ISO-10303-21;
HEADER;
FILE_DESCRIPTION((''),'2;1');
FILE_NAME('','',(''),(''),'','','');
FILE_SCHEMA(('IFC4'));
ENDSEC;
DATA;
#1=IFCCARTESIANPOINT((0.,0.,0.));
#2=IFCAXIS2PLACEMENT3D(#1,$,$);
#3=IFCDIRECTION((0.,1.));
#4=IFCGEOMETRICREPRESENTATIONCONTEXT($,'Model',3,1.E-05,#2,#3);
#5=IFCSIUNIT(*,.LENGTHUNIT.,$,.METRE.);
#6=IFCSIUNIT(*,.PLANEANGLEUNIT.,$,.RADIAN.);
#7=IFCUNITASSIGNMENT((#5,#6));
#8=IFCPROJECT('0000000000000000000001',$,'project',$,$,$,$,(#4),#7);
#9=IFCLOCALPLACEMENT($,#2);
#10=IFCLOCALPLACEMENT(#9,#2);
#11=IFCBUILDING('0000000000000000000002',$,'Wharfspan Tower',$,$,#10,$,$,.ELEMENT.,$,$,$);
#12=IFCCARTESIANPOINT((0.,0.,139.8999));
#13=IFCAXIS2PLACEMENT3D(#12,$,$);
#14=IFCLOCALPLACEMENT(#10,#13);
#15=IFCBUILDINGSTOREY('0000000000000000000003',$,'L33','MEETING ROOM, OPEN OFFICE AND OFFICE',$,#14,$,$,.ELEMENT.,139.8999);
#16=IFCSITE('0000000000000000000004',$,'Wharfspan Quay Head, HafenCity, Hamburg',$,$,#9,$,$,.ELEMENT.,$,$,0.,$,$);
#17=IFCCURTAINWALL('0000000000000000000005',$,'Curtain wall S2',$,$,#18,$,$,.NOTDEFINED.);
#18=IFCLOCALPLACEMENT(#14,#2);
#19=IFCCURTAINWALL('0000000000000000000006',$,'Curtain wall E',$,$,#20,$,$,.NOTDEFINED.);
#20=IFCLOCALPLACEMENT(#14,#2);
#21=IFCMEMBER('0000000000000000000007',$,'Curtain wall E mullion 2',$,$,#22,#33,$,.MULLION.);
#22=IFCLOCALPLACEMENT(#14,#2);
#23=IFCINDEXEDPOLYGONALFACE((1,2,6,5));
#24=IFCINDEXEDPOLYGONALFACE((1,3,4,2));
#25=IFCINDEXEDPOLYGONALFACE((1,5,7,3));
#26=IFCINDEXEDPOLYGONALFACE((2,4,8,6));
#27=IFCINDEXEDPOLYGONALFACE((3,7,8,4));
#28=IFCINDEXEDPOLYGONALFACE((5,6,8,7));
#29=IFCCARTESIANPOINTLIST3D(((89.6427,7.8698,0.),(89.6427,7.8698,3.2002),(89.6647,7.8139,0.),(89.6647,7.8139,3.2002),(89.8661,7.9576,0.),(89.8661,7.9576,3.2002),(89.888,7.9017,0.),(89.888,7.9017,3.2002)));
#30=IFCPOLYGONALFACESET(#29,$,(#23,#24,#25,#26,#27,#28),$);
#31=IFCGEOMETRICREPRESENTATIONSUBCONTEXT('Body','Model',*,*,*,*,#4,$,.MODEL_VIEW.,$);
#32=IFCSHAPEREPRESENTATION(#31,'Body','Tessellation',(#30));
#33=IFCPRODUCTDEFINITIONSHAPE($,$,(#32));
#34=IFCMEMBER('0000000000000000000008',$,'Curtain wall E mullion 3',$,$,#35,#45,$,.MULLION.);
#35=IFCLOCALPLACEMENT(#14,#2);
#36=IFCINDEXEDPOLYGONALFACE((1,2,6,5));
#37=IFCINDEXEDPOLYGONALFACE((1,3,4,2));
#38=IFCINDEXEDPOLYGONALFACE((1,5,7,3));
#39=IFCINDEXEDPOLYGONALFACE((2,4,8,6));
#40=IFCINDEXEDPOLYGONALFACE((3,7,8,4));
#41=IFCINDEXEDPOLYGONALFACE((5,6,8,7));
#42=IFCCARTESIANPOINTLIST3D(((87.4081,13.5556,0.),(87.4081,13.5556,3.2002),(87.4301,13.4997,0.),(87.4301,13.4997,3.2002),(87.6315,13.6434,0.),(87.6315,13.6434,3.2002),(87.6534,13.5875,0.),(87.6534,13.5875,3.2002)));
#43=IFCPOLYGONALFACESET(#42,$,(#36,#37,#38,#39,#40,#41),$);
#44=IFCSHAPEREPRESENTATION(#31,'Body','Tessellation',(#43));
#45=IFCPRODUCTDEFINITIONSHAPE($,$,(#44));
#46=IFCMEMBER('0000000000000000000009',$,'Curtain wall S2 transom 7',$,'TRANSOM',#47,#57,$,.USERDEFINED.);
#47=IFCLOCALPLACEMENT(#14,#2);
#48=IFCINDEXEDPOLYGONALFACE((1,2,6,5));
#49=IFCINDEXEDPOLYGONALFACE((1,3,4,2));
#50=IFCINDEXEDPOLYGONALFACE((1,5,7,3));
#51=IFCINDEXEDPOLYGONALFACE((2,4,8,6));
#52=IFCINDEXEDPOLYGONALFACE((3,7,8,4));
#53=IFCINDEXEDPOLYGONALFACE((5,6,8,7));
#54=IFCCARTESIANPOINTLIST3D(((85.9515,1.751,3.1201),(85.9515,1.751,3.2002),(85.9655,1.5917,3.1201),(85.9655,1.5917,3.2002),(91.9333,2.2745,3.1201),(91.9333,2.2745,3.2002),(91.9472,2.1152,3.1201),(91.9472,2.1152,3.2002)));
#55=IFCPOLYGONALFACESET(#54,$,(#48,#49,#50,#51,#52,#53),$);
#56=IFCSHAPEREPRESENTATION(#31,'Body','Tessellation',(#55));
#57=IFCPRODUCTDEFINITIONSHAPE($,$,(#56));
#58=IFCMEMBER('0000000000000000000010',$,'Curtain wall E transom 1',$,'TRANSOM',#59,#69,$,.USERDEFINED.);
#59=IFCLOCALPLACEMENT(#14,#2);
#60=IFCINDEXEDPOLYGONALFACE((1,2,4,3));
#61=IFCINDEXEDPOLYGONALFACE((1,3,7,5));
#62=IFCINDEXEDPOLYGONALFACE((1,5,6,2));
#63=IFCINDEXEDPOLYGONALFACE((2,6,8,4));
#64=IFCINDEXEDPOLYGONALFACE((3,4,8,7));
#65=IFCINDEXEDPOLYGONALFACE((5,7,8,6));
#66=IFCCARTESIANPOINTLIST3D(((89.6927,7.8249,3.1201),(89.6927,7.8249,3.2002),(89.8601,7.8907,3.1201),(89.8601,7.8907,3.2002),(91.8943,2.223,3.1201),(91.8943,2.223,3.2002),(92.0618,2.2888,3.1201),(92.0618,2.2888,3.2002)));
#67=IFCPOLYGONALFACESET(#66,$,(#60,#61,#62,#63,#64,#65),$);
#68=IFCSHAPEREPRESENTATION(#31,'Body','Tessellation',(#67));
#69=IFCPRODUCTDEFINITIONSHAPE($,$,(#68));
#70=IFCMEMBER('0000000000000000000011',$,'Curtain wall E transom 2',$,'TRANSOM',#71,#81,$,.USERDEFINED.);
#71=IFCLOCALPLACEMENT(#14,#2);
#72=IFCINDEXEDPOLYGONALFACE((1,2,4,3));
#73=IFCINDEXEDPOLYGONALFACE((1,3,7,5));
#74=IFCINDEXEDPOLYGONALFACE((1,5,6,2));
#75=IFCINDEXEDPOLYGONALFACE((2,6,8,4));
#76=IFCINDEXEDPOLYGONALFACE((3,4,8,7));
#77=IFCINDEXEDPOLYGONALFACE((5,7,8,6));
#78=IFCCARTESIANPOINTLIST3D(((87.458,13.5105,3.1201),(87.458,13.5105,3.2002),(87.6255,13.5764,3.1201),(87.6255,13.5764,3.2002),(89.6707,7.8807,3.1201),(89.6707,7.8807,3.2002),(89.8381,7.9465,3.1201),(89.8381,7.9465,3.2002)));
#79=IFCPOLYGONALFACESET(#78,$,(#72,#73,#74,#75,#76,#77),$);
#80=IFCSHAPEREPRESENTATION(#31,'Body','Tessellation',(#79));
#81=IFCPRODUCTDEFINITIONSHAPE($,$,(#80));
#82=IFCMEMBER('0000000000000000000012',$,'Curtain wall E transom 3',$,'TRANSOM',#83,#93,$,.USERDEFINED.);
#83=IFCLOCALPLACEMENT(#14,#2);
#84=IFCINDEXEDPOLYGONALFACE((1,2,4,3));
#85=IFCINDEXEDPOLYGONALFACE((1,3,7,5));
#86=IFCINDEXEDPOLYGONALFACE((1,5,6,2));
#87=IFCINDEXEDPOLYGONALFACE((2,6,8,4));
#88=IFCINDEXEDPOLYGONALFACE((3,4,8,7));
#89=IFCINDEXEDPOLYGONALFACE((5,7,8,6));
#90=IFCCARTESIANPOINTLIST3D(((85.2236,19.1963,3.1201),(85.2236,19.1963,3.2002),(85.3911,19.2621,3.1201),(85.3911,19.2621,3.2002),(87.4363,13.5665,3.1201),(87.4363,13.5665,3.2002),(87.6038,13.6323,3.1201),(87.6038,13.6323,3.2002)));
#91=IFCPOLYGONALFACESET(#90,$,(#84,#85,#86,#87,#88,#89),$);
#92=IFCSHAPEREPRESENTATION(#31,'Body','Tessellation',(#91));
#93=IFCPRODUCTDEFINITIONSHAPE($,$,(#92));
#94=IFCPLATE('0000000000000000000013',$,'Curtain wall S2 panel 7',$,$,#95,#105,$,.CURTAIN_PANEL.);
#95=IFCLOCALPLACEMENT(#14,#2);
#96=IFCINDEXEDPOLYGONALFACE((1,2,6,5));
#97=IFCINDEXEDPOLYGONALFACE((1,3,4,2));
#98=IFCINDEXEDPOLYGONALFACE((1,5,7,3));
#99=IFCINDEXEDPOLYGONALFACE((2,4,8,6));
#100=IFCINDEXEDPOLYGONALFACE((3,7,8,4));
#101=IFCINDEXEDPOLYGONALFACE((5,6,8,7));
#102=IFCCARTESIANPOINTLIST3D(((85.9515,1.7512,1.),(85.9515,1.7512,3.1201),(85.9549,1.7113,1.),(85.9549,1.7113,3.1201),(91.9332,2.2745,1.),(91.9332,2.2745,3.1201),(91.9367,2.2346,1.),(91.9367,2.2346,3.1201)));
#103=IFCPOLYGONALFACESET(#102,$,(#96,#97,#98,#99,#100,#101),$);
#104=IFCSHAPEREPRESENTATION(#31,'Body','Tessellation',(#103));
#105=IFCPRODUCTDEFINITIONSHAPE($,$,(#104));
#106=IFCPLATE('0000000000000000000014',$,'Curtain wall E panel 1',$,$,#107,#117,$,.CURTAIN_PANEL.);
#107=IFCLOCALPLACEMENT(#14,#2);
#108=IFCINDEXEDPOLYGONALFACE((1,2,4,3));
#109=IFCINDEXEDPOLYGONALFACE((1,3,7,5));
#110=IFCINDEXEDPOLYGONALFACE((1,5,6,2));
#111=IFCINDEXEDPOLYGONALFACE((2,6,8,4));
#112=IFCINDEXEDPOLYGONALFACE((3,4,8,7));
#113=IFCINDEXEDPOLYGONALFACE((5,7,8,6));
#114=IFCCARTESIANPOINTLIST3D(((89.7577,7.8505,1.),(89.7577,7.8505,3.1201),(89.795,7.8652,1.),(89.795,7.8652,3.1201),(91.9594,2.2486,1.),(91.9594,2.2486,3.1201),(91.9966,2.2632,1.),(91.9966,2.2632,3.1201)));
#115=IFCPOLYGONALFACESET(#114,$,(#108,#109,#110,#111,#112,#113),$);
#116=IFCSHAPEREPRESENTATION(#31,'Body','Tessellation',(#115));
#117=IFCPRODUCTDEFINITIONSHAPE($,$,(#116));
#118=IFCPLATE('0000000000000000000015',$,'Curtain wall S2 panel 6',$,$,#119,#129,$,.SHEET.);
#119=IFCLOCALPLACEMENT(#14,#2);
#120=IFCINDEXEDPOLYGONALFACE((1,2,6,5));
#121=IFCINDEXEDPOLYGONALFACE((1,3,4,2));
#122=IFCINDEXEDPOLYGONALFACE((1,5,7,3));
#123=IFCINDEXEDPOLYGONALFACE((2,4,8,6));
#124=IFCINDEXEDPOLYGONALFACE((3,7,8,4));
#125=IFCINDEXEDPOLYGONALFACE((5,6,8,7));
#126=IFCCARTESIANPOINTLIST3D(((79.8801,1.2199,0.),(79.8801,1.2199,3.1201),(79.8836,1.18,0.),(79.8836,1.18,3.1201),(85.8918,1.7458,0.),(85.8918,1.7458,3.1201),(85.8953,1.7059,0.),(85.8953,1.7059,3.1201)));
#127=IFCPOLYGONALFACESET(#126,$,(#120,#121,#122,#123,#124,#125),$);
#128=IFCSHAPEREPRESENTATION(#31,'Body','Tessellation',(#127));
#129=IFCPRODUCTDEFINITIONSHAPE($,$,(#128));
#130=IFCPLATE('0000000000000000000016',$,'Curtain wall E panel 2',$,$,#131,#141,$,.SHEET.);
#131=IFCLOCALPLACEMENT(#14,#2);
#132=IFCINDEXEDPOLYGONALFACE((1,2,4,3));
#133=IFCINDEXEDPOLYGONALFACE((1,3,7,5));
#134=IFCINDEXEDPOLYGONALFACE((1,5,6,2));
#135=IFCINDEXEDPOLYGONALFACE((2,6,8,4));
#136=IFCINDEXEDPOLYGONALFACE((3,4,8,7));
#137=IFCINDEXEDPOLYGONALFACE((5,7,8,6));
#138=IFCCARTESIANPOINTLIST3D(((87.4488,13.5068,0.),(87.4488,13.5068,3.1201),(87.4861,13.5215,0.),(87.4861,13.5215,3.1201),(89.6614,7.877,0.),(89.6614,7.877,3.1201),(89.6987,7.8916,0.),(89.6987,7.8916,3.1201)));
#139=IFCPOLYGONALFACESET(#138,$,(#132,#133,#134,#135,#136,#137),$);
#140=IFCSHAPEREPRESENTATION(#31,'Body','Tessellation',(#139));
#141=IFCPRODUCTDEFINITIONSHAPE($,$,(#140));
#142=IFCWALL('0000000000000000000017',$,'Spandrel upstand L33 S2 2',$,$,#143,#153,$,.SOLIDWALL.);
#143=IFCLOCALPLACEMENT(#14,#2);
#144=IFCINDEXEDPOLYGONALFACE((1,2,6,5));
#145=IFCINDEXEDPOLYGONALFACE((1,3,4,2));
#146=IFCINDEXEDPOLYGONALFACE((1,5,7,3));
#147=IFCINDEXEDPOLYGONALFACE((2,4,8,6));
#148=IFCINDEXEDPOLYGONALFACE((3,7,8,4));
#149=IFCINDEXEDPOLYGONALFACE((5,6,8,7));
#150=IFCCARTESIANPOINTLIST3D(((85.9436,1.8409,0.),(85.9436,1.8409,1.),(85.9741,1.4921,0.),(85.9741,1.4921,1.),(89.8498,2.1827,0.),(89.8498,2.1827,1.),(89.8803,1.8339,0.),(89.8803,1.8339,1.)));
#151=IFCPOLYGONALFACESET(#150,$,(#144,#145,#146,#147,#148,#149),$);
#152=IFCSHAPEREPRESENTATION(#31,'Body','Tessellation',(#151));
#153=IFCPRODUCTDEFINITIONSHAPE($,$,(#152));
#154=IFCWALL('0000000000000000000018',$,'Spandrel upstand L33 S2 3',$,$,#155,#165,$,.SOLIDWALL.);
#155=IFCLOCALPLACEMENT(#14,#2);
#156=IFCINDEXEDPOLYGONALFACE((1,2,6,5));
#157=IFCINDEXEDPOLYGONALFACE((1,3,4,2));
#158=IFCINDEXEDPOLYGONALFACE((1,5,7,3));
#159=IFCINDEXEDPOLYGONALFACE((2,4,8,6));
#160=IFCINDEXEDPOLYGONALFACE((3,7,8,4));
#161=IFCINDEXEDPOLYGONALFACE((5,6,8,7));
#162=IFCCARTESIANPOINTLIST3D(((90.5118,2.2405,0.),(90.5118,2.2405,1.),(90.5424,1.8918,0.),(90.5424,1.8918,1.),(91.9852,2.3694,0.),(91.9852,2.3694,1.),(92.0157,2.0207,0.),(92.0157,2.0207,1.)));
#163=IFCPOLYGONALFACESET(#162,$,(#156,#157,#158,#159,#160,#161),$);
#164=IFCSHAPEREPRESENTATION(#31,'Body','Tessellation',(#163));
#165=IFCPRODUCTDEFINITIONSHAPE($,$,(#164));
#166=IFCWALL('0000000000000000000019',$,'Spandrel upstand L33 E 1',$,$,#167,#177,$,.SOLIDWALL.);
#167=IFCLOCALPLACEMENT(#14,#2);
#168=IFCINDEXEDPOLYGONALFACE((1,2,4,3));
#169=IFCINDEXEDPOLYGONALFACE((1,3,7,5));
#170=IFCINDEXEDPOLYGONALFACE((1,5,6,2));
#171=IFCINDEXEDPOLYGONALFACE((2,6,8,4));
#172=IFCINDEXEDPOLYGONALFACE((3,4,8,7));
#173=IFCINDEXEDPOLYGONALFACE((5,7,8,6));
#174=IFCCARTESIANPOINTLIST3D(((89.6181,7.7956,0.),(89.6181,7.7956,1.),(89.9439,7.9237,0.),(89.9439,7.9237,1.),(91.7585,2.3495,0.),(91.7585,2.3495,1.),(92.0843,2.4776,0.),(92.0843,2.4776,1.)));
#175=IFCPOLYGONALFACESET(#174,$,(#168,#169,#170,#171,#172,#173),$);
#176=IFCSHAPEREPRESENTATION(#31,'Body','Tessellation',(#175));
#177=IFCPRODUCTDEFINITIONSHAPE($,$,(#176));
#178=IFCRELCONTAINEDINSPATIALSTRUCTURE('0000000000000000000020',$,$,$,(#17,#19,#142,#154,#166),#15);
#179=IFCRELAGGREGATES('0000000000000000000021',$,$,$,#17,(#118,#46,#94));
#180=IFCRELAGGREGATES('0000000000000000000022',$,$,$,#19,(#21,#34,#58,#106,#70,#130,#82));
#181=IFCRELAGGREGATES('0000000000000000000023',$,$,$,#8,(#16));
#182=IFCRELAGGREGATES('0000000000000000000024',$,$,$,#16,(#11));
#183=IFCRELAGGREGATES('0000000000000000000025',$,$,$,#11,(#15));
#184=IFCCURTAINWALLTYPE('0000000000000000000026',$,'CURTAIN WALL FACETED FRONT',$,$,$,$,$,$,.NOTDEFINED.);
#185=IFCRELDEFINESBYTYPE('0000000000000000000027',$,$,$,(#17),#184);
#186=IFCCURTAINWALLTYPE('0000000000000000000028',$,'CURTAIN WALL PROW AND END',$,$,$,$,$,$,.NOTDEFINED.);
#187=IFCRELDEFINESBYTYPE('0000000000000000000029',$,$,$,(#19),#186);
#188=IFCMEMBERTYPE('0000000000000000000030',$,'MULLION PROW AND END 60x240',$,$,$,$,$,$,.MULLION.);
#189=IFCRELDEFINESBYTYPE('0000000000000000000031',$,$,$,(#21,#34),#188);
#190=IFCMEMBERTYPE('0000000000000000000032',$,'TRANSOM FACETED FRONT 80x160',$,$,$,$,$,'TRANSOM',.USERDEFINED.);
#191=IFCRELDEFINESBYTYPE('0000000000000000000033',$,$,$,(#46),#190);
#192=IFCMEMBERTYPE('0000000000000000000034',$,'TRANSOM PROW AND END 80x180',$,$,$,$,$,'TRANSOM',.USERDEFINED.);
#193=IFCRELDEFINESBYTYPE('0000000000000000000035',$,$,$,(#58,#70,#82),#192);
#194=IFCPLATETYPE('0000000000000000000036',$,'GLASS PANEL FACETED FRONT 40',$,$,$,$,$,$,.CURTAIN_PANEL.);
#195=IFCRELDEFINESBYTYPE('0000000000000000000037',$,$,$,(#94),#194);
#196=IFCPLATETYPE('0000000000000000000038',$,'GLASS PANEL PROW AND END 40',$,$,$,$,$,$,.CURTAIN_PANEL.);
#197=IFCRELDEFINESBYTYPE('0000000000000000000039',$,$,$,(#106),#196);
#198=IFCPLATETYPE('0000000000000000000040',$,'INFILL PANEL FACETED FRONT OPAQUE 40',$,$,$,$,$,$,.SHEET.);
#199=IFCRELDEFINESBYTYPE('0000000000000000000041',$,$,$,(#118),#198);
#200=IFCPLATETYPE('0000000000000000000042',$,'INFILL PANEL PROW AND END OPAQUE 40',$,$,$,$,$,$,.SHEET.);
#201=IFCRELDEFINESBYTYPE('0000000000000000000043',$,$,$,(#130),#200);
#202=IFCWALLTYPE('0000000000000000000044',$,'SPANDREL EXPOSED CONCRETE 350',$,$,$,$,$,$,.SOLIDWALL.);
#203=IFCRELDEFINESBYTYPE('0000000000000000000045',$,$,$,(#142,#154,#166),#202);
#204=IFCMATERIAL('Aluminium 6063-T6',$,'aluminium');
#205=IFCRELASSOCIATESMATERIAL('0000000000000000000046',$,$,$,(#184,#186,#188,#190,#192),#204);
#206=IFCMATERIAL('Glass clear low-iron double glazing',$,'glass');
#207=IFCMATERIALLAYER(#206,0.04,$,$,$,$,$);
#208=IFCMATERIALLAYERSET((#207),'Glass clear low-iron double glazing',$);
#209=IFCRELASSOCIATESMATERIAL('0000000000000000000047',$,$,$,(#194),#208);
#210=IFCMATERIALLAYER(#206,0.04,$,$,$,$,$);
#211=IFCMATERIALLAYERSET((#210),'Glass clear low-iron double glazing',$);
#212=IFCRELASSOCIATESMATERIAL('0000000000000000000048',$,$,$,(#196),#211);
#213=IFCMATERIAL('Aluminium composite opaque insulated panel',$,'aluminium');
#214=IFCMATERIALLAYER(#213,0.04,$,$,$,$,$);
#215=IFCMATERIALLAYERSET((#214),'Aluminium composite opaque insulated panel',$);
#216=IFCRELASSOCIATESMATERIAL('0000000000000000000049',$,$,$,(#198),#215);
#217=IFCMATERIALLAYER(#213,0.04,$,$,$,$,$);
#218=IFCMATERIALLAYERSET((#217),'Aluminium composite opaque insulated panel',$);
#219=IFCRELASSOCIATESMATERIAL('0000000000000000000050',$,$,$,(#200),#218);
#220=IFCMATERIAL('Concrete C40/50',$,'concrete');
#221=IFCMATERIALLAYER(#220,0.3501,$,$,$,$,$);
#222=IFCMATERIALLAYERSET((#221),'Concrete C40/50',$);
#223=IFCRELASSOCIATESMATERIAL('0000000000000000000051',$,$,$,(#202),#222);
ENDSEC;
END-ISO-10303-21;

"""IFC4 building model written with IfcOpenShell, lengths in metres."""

from ifc_helpers import new_model, si_unit, direction, frame, frame_2d, origin, origin_2d, place, context, subcontext, project, spatial, rectangle, extrude, material, layer, layer_set, material_profile, profile_set, type_object, element, aggregate, save


model = new_model("IFC4")

# Units and contexts
model_context = context("Model", 3, precision=1e-05, world=origin(), true_north=direction((0.0, 1.0)))
body_context = subcontext(model_context, "Body", "Model", "MODEL_VIEW")
ifc_project = project(units=[si_unit("LENGTHUNIT", "METRE"), si_unit("PLANEANGLEUNIT", "RADIAN")], contexts=[model_context])

# Site, building, storey
site_placement = place(None, origin())
site = spatial("IfcSite", under=ifc_project, at=site_placement, Name="Wharfspan Quay Head, HafenCity, Hamburg", CompositionType="ELEMENT", RefElevation=0.0)
building_placement = place(site_placement, origin())
building = spatial("IfcBuilding", under=site, at=building_placement, Name="Wharfspan Tower", CompositionType="ELEMENT")
storey_placement = place(building_placement, frame((0.0, 0.0, 139.8999)))
storey = spatial("IfcBuildingStorey", under=building, at=storey_placement, Name="L33", Description="MEETING ROOM, OPEN OFFICE AND OFFICE", CompositionType="ELEMENT", Elevation=139.8999)

# Curtain walls, members
ifc_material_1 = material(Name="Aluminium 6063-T6", Category="aluminium")
curtain_wall_type_1 = type_object("IfcCurtainWallType", Name="CURTAIN WALL FACETED FRONT", PredefinedType="NOTDEFINED", material=ifc_material_1)
curtain_wall_1_placement = place(storey_placement, origin())
curtain_wall_1 = element("IfcCurtainWall", 1, at=curtain_wall_1_placement, inside=storey, type_object=curtain_wall_type_1, Name="Curtain wall S2", PredefinedType="NOTDEFINED")
curtain_wall_type_2 = type_object("IfcCurtainWallType", Name="CURTAIN WALL PROW AND END", PredefinedType="NOTDEFINED", material=ifc_material_1)
curtain_wall_2_placement = place(storey_placement, origin())
curtain_wall_2 = element("IfcCurtainWall", 2, at=curtain_wall_2_placement, inside=storey, type_object=curtain_wall_type_2, Name="Curtain wall E", PredefinedType="NOTDEFINED")
ifc_material_profile_1 = material_profile(ifc_material_1, rectangle(XDim=0.24, YDim=0.0601, at=origin_2d()))
ifc_profile_set_1 = profile_set([ifc_material_profile_1], Name="Aluminium 6063-T6")
member_type_1 = type_object("IfcMemberType", Name="MULLION PROW AND END 60x240", PredefinedType="MULLION", material=ifc_profile_set_1)
member_1_placement = place(storey_placement, frame((89.7654, 7.8857, 0.0), z_axis=(0.0, 0.0, 1.0), x_axis=(-0.930702, -0.365778, 0.0)))
member_1 = element("IfcMember", 3, at=member_1_placement, type_object=member_type_1, Name="Curtain wall E mullion 2", PredefinedType="MULLION", context=body_context, shape_type="SweptSolid", body=[
    extrude(rectangle(XDim=0.24, YDim=0.0601, at=origin_2d()), origin(), (0.0, 0.0, 1.0), 3.2002),
])
member_2_placement = place(storey_placement, frame((87.5308, 13.5715, 0.0), z_axis=(0.0, 0.0, 1.0), x_axis=(-0.930702, -0.365778, 0.0)))
member_2 = element("IfcMember", 4, at=member_2_placement, type_object=member_type_1, Name="Curtain wall E mullion 3", PredefinedType="MULLION", context=body_context, shape_type="SweptSolid", body=[
    extrude(rectangle(XDim=0.24, YDim=0.0601, at=origin_2d()), origin(), (0.0, 0.0, 1.0), 3.2002),
])

# Members
ifc_material_profile_2 = material_profile(ifc_material_1, rectangle(XDim=0.1599, YDim=0.0801, at=origin_2d()))
ifc_profile_set_2 = profile_set([ifc_material_profile_2], Name="Aluminium 6063-T6")
member_type_2 = type_object("IfcMemberType", Name="TRANSOM FACETED FRONT 80x160", ElementType="TRANSOM", PredefinedType="USERDEFINED", material=ifc_profile_set_2)
member_3_placement = place(storey_placement, frame((85.9585, 1.6714, 3.1602), z_axis=(0.996193, 0.087174, 0.0), x_axis=(-0.087174, 0.996193, 0.0)))
member_3 = element("IfcMember", 5, at=member_3_placement, type_object=member_type_2, Name="Curtain wall S2 transom 7", ObjectType="TRANSOM", PredefinedType="USERDEFINED", context=body_context, shape_type="SweptSolid", body=[
    extrude(rectangle(XDim=0.1599, YDim=0.0801, at=origin_2d()), origin(), (0.0, 0.0, 1.0), 6.0046),
])
ifc_material_profile_3 = material_profile(ifc_material_1, rectangle(XDim=0.1799, YDim=0.0801, at=origin_2d()))
ifc_profile_set_3 = profile_set([ifc_material_profile_3], Name="Aluminium 6063-T6")
member_type_3 = type_object("IfcMemberType", Name="TRANSOM PROW AND END 80x180", ElementType="TRANSOM", PredefinedType="USERDEFINED", material=ifc_profile_set_3)
member_4_placement = place(storey_placement, frame((91.978, 2.2559, 3.1602), z_axis=(-0.365775, 0.930703, 0.0), x_axis=(-0.930703, -0.365775, 0.0)))
member_4 = element("IfcMember", 6, at=member_4_placement, type_object=member_type_3, Name="Curtain wall E transom 1", ObjectType="TRANSOM", PredefinedType="USERDEFINED", context=body_context, shape_type="SweptSolid", body=[
    extrude(rectangle(XDim=0.1799, YDim=0.0801, at=origin_2d()), origin(), (0.0, 0.0, 1.0), 6.019),
])
member_5_placement = place(storey_placement, frame((89.7544, 7.9136, 3.1602), z_axis=(-0.365782, 0.9307, 0.0), x_axis=(-0.9307, -0.365782, 0.0)))
member_5 = element("IfcMember", 7, at=member_5_placement, type_object=member_type_3, Name="Curtain wall E transom 2", ObjectType="TRANSOM", PredefinedType="USERDEFINED", context=body_context, shape_type="SweptSolid", body=[
    extrude(rectangle(XDim=0.1799, YDim=0.0801, at=origin_2d()), origin(), (0.0, 0.0, 1.0), 6.0491),
])
member_6_placement = place(storey_placement, frame((87.52, 13.5994, 3.1602), z_axis=(-0.365782, 0.9307, 0.0), x_axis=(-0.9307, -0.365782, 0.0)))
member_6 = element("IfcMember", 8, at=member_6_placement, type_object=member_type_3, Name="Curtain wall E transom 3", ObjectType="TRANSOM", PredefinedType="USERDEFINED", context=body_context, shape_type="SweptSolid", body=[
    extrude(rectangle(XDim=0.1799, YDim=0.0801, at=origin_2d()), origin(), (0.0, 0.0, 1.0), 6.0491),
])

# Plates
ifc_material_2 = material(Name="Glass clear low-iron double glazing", Category="glass")
ifc_layer_1 = layer(ifc_material_2, 0.04)
ifc_layer_set_1 = layer_set([ifc_layer_1], Name="Glass clear low-iron double glazing")
plate_type_1 = type_object("IfcPlateType", Name="GLASS PANEL FACETED FRONT 40", PredefinedType="CURTAIN_PANEL", material=ifc_layer_set_1)
plate_1_placement = place(storey_placement, frame((88.9441, 1.9929, 1.0), z_axis=(0.0, 0.0, 1.0), x_axis=(0.996198, 0.087156, 0.0)))
plate_1 = element("IfcPlate", 9, at=plate_1_placement, type_object=plate_type_1, Name="Curtain wall S2 panel 7", PredefinedType="CURTAIN_PANEL", context=body_context, shape_type="SweptSolid", body=[
    extrude(rectangle(XDim=6.0046, YDim=0.04, at=origin_2d()), origin(), (0.0, 0.0, 1.0), 2.1201),
])
ifc_layer_2 = layer(ifc_material_2, 0.04)
ifc_layer_set_2 = layer_set([ifc_layer_2], Name="Glass clear low-iron double glazing")
plate_type_2 = type_object("IfcPlateType", Name="GLASS PANEL PROW AND END 40", PredefinedType="CURTAIN_PANEL", material=ifc_layer_set_2)
plate_2_placement = place(storey_placement, frame((90.8772, 5.0569, 1.0), z_axis=(0.0, 0.0, 1.0), x_axis=(-0.365778, 0.930702, 0.0)))
plate_2 = element("IfcPlate", 10, at=plate_2_placement, type_object=plate_type_2, Name="Curtain wall E panel 1", PredefinedType="CURTAIN_PANEL", context=body_context, shape_type="SweptSolid", body=[
    extrude(rectangle(XDim=6.019, YDim=0.04, at=origin_2d()), origin(), (0.0, 0.0, 1.0), 2.1201),
])
ifc_material_3 = material(Name="Aluminium composite opaque insulated panel", Category="aluminium")
ifc_layer_3 = layer(ifc_material_3, 0.04)
ifc_layer_set_3 = layer_set([ifc_layer_3], Name="Aluminium composite opaque insulated panel")
plate_type_3 = type_object("IfcPlateType", Name="INFILL PANEL FACETED FRONT OPAQUE 40", PredefinedType="SHEET", material=ifc_layer_set_3)
plate_3_placement = place(storey_placement, frame((82.8877, 1.4629, 0.0), z_axis=(0.0, 0.0, 1.0), x_axis=(0.996198, 0.087156, 0.0)))
plate_3 = element("IfcPlate", 11, at=plate_3_placement, type_object=plate_type_3, Name="Curtain wall S2 panel 6", PredefinedType="SHEET", context=body_context, shape_type="SweptSolid", body=[
    extrude(rectangle(XDim=6.0347, YDim=0.04, at=origin_2d()), origin(), (0.0, 0.0, 1.0), 3.1201),
])
aggregate(curtain_wall_1, [plate_3, member_3, plate_1])
ifc_layer_4 = layer(ifc_material_3, 0.04)
ifc_layer_set_4 = layer_set([ifc_layer_4], Name="Aluminium composite opaque insulated panel")
plate_type_4 = type_object("IfcPlateType", Name="INFILL PANEL PROW AND END OPAQUE 40", PredefinedType="SHEET", material=ifc_layer_set_4)
plate_4_placement = place(storey_placement, frame((88.5737, 10.6992, 0.0), z_axis=(0.0, 0.0, 1.0), x_axis=(-0.365778, 0.930702, 0.0)))
plate_4 = element("IfcPlate", 12, at=plate_4_placement, type_object=plate_type_4, Name="Curtain wall E panel 2", PredefinedType="SHEET", context=body_context, shape_type="SweptSolid", body=[
    extrude(rectangle(XDim=6.0491, YDim=0.04, at=origin_2d()), origin(), (0.0, 0.0, 1.0), 3.1201),
])
aggregate(curtain_wall_2, [member_1, member_2, member_4, plate_2, member_5, plate_4, member_6])

# Walls
ifc_material_4 = material(Name="Concrete C40/50", Category="concrete")
ifc_layer_5 = layer(ifc_material_4, 0.3501)
ifc_layer_set_5 = layer_set([ifc_layer_5], Name="Concrete C40/50")
wall_type = type_object("IfcWallType", Name="SPANDREL EXPOSED CONCRETE 350", PredefinedType="SOLIDWALL", material=ifc_layer_set_5)
wall_1_placement = place(storey_placement, frame((85.959, 1.6665, 0.0), z_axis=(0.0, 0.0, 1.0), x_axis=(0.996194, 0.087167, 0.0)))
element("IfcWall", 13, at=wall_1_placement, inside=storey, type_object=wall_type, Name="Spandrel upstand L33 S2 2", PredefinedType="SOLIDWALL", context=body_context, shape_type="SweptSolid", body=[
    extrude(rectangle(XDim=3.9211, YDim=0.3501, at=frame_2d((1.9604, 0.0))), origin(), (0.0, 0.0, 1.0), 1.0),
])
wall_2_placement = place(storey_placement, frame((90.5271, 2.0662, 0.0), z_axis=(0.0, 0.0, 1.0), x_axis=(0.996198, 0.087157, 0.0)))
element("IfcWall", 14, at=wall_2_placement, inside=storey, type_object=wall_type, Name="Spandrel upstand L33 S2 3", PredefinedType="SOLIDWALL", context=body_context, shape_type="SweptSolid", body=[
    extrude(rectangle(XDim=1.479, YDim=0.3501, at=frame_2d((0.7395, 0.0))), origin(), (0.0, 0.0, 1.0), 1.0),
])
wall_3_placement = place(storey_placement, frame((91.9214, 2.4136, 0.0), z_axis=(0.0, 0.0, 1.0), x_axis=(-0.36578, 0.930701, 0.0)))
element("IfcWall", 15, at=wall_3_placement, inside=storey, type_object=wall_type, Name="Spandrel upstand L33 E 1", PredefinedType="SOLIDWALL", context=body_context, shape_type="SweptSolid", body=[
    extrude(rectangle(XDim=5.8516, YDim=0.3501, at=frame_2d((2.9258, 0.0))), origin(), (0.0, 0.0, 1.0), 1.0),
])

save(model, "model.ifc")
